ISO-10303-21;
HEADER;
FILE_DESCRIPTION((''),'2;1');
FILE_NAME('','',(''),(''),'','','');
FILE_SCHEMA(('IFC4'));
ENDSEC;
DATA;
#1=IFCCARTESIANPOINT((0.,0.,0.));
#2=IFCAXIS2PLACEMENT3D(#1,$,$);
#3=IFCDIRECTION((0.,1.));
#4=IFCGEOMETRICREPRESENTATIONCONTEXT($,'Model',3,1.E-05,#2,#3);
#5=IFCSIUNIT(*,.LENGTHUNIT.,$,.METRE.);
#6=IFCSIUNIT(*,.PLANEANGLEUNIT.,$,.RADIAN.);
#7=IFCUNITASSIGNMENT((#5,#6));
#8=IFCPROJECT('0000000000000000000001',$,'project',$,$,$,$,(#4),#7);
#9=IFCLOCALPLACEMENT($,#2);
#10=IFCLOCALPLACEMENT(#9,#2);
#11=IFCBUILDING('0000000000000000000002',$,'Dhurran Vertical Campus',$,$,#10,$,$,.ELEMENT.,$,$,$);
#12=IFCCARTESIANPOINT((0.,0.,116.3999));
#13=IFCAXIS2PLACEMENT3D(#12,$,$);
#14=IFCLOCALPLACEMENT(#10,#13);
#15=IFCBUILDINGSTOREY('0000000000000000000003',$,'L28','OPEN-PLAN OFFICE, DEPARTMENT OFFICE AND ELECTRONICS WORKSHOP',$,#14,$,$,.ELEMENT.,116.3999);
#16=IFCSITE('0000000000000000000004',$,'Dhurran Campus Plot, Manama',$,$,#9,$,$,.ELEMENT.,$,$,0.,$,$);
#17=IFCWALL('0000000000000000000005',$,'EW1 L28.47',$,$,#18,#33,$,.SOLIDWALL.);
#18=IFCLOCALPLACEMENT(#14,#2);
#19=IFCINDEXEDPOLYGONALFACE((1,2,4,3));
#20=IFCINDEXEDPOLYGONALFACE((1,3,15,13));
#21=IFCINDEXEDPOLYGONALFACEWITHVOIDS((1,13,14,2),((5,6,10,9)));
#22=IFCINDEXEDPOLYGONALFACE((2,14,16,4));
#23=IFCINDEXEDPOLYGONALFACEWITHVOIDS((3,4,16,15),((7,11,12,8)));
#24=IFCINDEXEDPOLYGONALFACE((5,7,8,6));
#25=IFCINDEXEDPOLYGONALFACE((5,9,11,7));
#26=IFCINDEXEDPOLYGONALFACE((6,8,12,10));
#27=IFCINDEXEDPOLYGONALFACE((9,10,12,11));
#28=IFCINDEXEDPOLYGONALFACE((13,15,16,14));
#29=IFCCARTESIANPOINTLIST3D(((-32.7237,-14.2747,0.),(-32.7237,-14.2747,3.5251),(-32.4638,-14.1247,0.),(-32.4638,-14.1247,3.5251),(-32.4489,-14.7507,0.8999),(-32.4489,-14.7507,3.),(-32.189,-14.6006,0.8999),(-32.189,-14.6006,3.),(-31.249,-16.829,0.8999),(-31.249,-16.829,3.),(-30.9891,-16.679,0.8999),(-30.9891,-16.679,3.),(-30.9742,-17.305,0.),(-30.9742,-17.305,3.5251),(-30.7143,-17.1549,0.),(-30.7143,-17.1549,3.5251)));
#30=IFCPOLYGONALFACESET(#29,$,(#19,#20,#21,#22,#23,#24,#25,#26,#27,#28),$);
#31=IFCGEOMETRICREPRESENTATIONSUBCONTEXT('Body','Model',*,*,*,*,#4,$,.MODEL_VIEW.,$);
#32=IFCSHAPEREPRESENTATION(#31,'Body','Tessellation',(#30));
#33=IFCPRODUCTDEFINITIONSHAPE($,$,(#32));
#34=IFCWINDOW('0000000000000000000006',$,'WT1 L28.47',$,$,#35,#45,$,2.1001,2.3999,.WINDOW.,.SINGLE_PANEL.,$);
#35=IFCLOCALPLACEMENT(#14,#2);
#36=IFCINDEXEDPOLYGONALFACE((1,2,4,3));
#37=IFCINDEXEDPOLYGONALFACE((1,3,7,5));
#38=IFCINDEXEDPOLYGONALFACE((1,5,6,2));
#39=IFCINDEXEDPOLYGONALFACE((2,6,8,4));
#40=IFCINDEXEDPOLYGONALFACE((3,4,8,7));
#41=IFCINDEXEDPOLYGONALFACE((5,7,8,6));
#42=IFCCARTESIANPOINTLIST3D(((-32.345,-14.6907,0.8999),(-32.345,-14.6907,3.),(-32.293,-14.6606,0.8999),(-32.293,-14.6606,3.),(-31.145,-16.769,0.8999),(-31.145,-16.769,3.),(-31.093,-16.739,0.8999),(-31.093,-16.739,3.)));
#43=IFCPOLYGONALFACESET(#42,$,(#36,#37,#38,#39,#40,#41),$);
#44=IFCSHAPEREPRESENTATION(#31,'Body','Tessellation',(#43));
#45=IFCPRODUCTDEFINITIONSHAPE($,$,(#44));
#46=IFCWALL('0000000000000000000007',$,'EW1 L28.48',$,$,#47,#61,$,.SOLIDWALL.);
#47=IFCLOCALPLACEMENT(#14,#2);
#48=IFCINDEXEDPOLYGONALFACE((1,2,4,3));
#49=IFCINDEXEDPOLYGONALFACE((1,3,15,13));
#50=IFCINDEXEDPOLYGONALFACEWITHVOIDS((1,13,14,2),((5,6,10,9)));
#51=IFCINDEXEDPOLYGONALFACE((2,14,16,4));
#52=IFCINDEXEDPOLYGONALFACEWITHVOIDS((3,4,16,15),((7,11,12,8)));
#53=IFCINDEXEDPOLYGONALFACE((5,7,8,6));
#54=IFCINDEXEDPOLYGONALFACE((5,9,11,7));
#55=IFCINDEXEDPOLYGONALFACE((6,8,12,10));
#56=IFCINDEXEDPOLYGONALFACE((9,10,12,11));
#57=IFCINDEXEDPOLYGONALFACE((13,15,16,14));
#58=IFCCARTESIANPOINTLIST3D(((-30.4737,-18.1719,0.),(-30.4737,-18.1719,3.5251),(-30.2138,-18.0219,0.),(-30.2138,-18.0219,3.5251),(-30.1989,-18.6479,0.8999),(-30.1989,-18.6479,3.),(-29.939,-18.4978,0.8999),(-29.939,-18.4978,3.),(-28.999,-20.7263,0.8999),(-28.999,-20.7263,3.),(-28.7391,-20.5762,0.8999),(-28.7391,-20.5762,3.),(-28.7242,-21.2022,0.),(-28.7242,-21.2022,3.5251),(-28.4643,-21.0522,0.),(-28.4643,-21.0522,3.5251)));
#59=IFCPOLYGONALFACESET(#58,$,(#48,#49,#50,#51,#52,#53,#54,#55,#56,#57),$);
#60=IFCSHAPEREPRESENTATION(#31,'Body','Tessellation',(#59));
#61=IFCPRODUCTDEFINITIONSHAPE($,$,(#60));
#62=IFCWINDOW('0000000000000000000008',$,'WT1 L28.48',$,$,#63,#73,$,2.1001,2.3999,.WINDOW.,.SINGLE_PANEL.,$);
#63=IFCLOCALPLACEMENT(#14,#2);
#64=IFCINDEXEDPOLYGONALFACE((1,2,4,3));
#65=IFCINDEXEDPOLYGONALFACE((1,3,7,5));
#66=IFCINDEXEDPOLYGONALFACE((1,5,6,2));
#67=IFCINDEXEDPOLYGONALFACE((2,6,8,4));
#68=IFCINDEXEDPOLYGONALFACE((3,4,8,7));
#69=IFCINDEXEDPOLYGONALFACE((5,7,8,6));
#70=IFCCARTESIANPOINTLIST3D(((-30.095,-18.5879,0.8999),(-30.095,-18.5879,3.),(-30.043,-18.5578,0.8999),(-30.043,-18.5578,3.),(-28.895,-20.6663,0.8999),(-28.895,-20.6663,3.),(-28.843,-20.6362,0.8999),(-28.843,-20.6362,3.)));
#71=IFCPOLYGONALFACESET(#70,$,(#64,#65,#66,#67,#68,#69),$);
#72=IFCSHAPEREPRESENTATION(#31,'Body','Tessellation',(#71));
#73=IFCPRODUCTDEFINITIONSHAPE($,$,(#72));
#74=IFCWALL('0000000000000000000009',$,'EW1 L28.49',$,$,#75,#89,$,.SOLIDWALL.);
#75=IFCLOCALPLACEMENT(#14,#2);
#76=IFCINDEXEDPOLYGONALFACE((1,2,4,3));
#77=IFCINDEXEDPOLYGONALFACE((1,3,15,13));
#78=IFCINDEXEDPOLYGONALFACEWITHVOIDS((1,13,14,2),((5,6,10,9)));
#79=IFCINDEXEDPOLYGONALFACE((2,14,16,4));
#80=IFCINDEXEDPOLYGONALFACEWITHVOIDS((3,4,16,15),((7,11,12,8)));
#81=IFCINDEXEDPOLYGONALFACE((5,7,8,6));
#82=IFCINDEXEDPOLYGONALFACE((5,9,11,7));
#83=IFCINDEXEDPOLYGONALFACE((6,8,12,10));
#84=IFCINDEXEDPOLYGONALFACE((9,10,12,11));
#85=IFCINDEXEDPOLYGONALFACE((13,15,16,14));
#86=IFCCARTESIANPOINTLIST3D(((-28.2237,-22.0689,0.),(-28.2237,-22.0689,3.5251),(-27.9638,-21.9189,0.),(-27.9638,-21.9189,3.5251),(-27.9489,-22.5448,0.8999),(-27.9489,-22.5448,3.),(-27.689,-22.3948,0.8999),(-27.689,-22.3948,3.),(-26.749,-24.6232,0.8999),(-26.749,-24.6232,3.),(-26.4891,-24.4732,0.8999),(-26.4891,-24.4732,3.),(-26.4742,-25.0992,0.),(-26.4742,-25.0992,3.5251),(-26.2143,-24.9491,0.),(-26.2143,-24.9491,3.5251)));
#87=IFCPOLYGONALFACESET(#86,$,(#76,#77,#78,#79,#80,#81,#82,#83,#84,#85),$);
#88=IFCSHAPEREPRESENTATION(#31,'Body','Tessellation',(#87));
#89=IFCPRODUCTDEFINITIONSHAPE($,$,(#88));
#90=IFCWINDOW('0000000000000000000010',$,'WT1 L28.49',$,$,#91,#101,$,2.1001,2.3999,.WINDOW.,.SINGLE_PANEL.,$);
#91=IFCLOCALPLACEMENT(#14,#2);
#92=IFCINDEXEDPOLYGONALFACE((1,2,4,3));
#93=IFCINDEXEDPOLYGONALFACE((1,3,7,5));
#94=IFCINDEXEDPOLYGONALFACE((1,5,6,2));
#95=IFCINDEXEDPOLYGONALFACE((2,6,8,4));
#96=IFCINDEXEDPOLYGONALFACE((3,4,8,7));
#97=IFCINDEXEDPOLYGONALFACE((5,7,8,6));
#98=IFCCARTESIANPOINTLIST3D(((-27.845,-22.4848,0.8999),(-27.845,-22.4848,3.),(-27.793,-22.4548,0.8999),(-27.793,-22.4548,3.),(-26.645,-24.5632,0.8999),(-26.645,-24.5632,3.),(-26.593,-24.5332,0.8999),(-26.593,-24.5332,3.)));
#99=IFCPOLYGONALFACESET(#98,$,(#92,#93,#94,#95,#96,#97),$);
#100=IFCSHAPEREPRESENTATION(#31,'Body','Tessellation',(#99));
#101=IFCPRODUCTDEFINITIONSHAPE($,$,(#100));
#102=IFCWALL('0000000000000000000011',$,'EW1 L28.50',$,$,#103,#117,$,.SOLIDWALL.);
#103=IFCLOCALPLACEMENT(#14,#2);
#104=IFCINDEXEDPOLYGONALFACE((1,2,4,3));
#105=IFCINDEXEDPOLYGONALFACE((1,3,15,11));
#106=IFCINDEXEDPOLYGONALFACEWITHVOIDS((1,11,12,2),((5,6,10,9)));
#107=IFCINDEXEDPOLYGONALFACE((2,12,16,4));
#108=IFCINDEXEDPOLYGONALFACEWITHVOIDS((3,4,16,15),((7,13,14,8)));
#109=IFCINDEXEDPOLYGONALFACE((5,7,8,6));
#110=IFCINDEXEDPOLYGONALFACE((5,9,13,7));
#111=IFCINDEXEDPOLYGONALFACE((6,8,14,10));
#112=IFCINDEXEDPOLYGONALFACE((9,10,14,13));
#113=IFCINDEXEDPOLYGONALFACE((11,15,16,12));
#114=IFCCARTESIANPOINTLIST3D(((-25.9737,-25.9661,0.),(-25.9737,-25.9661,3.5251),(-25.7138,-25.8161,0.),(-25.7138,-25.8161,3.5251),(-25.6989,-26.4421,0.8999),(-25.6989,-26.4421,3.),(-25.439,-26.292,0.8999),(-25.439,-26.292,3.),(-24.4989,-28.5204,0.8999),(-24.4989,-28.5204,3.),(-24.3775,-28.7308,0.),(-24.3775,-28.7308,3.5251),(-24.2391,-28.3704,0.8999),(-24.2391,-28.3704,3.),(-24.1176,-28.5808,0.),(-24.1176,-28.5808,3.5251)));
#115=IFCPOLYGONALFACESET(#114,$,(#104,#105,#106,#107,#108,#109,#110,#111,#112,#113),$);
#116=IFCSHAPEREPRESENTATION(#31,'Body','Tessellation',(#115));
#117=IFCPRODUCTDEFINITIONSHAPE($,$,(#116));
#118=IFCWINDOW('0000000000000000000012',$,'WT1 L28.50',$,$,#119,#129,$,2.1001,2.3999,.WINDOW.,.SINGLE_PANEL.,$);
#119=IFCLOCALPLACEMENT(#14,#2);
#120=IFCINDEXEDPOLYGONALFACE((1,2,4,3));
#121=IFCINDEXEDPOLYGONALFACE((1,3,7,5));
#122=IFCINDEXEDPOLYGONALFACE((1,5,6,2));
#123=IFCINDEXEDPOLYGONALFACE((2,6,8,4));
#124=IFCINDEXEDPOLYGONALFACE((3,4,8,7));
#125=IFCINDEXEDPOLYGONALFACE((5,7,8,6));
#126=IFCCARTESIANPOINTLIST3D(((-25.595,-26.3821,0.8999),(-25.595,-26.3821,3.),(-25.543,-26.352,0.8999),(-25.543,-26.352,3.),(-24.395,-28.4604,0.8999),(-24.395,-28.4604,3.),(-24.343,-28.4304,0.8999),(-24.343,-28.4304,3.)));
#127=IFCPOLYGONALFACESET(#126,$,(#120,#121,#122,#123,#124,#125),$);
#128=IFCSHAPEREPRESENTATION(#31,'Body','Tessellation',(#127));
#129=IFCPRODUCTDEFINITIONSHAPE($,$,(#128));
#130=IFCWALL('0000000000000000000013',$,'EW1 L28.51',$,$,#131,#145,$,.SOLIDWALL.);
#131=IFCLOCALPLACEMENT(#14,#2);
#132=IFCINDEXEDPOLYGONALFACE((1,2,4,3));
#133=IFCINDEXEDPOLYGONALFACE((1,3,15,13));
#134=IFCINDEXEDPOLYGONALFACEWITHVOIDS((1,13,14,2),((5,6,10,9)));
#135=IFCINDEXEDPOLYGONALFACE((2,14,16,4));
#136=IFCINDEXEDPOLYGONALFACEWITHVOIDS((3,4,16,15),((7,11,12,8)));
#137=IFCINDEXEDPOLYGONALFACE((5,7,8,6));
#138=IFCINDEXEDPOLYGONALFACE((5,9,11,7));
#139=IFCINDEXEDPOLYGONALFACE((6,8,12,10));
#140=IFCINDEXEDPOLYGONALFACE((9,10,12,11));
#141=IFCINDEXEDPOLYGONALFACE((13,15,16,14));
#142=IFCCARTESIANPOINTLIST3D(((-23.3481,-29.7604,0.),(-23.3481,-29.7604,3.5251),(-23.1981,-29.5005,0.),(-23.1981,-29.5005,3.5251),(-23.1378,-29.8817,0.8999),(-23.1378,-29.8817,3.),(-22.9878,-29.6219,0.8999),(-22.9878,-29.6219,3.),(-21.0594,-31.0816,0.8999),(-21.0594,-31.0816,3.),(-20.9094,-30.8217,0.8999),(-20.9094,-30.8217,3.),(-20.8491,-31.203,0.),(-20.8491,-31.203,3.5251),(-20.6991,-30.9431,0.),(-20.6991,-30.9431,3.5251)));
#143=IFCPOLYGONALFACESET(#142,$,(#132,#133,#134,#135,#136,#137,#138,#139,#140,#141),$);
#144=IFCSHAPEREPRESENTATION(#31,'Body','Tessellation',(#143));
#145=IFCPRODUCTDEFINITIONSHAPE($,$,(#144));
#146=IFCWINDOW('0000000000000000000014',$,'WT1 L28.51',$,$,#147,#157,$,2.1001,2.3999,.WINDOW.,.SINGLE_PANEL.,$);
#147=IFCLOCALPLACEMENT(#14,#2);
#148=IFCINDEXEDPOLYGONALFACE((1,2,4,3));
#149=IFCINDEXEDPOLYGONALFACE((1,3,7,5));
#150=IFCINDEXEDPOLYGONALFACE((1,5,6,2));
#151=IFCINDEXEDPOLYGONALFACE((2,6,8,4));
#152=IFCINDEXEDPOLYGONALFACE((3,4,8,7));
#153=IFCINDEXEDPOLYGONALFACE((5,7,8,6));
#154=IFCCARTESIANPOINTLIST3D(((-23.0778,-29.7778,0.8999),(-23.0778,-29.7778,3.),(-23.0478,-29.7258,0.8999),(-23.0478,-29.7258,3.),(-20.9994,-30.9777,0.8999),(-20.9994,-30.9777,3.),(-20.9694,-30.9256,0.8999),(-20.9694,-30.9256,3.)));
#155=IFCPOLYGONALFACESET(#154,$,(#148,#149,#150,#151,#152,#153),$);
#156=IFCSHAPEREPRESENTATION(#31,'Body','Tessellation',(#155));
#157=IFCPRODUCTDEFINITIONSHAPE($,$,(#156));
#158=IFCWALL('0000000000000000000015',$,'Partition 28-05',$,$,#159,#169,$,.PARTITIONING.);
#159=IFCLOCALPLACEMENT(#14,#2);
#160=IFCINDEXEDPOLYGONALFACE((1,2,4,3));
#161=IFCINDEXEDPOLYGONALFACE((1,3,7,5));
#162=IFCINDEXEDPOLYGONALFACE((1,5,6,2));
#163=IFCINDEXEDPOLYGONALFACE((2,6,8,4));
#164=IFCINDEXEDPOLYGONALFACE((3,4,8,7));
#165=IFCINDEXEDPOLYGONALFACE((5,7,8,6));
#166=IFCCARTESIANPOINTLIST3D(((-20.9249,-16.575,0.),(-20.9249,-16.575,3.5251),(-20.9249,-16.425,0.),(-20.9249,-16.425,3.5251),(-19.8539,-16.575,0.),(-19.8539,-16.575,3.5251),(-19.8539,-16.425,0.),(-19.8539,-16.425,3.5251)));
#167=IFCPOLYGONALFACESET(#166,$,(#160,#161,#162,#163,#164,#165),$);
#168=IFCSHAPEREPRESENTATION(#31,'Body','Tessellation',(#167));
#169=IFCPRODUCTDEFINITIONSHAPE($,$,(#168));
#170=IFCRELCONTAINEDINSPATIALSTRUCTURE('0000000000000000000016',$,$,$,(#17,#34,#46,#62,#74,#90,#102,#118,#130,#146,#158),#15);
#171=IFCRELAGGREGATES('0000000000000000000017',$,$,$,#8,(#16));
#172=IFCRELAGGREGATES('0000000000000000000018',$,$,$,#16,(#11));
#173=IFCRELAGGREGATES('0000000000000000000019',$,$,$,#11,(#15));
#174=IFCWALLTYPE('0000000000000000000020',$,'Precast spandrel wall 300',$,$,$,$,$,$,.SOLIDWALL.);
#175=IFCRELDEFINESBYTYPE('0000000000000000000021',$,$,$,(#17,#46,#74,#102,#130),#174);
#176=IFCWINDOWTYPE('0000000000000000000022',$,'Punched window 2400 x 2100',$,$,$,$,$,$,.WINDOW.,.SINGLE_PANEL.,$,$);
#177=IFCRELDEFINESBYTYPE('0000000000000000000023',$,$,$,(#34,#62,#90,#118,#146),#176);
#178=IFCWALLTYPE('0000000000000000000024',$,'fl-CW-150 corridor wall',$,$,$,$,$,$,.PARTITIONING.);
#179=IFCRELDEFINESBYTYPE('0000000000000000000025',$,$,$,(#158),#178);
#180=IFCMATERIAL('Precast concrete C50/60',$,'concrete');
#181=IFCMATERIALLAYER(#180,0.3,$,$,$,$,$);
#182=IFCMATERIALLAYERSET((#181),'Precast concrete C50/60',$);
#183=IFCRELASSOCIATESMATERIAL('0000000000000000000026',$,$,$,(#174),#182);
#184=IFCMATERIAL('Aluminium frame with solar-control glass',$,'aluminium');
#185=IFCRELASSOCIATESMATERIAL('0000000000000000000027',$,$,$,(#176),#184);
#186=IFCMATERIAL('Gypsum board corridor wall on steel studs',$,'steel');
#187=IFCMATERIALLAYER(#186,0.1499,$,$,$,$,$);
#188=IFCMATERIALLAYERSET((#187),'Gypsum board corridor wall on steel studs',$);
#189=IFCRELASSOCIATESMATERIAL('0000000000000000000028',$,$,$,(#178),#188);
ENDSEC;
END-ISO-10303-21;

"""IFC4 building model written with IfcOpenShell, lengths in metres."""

from ifc_helpers import new_model, si_unit, direction, frame, frame_2d, origin, place, context, subcontext, project, spatial, rectangle, extrude, material, layer, layer_set, type_object, element, fill, save


model = new_model("IFC4")

# Units and contexts
model_context = context("Model", 3, precision=1e-05, world=origin(), true_north=direction((0.0, 1.0)))
body_context = subcontext(model_context, "Body", "Model", "MODEL_VIEW")
ifc_project = project(units=[si_unit("LENGTHUNIT", "METRE"), si_unit("PLANEANGLEUNIT", "RADIAN")], contexts=[model_context])

# Site, building, storey
site_placement = place(None, origin())
site = spatial("IfcSite", under=ifc_project, at=site_placement, Name="Dhurran Campus Plot, Manama", CompositionType="ELEMENT", RefElevation=0.0)
building_placement = place(site_placement, origin())
building = spatial("IfcBuilding", under=site, at=building_placement, Name="Dhurran Vertical Campus", CompositionType="ELEMENT")
storey_placement = place(building_placement, frame((0.0, 0.0, 116.3999)))
storey = spatial("IfcBuildingStorey", under=building, at=storey_placement, Name="L28", Description="OPEN-PLAN OFFICE, DEPARTMENT OFFICE AND ELECTRONICS WORKSHOP", CompositionType="ELEMENT", Elevation=116.3999)

# Walls, openings, windows
ifc_material_1 = material(Name="Precast concrete C50/60", Category="concrete")
ifc_layer_1 = layer(ifc_material_1, 0.3)
ifc_layer_set_1 = layer_set([ifc_layer_1], Name="Precast concrete C50/60")
wall_type_1 = type_object("IfcWallType", Name="Precast spandrel wall 300", PredefinedType="SOLIDWALL", material=ifc_layer_set_1)
ifc_material_2 = material(Name="Aluminium frame with solar-control glass", Category="aluminium")
window_type = type_object("IfcWindowType", Name="Punched window 2400 x 2100", PartitioningType="SINGLE_PANEL", PredefinedType="WINDOW", material=ifc_material_2)
wall_1_placement = place(storey_placement, frame((-32.5938, -14.1997, 0.0), z_axis=(0.0, 0.0, 1.0), x_axis=(0.499996, -0.866028, 0.0)))
wall_1 = element("IfcWall", 1, at=wall_1_placement, inside=storey, type_object=wall_type_1, Name="EW1 L28.47", PredefinedType="SOLIDWALL", context=body_context, shape_type="SweptSolid", body=[
    extrude(rectangle(XDim=3.499, YDim=0.3, at=frame_2d((1.7495, 0.0))), origin(), (0.0, 0.0, 1.0), 3.5251),
])
opening_1_placement = place(wall_1_placement, frame((0.5496, 0.0, 0.8999)))
opening_1 = element("IfcOpeningElement", 2, at=opening_1_placement, cuts=wall_1, PredefinedType="OPENING", context=body_context, shape_type="SweptSolid", body=[
    extrude(rectangle(XDim=2.3999, YDim=2.1001, at=frame_2d((1.2, 1.05))), frame((0.0, 0.1599, 0.0), z_axis=(0.0, -1.0, 0.0), x_axis=(1.0, 0.0, 0.0)), (0.0, 0.0, 1.0), 0.3201),
])
window_1_placement = place(opening_1_placement, origin())
window_1 = element("IfcWindow", 3, at=window_1_placement, inside=storey, type_object=window_type, Name="WT1 L28.47", OverallHeight=2.1001, OverallWidth=2.3999, PartitioningType="SINGLE_PANEL", PredefinedType="WINDOW", context=body_context, shape_type="SweptSolid", body=[
    extrude(rectangle(XDim=2.3999, YDim=2.1001, at=frame_2d((1.2, 1.05))), frame((0.0, 0.03, 0.0), z_axis=(0.0, -1.0, 0.0), x_axis=(1.0, 0.0, 0.0)), (0.0, 0.0, 1.0), 0.0601),
])
fill(opening_1, window_1)
wall_2_placement = place(storey_placement, frame((-30.3438, -18.0969, 0.0), z_axis=(0.0, 0.0, 1.0), x_axis=(0.499996, -0.866028, 0.0)))
wall_2 = element("IfcWall", 4, at=wall_2_placement, inside=storey, type_object=wall_type_1, Name="EW1 L28.48", PredefinedType="SOLIDWALL", context=body_context, shape_type="SweptSolid", body=[
    extrude(rectangle(XDim=3.499, YDim=0.3, at=frame_2d((1.7495, 0.0))), origin(), (0.0, 0.0, 1.0), 3.5251),
])
opening_2_placement = place(wall_2_placement, frame((0.5496, 0.0, 0.8999)))
opening_2 = element("IfcOpeningElement", 5, at=opening_2_placement, cuts=wall_2, PredefinedType="OPENING", context=body_context, shape_type="SweptSolid", body=[
    extrude(rectangle(XDim=2.3999, YDim=2.1001, at=frame_2d((1.2, 1.05))), frame((0.0, 0.1599, 0.0), z_axis=(0.0, -1.0, 0.0), x_axis=(1.0, 0.0, 0.0)), (0.0, 0.0, 1.0), 0.3201),
])
window_2_placement = place(opening_2_placement, origin())
window_2 = element("IfcWindow", 6, at=window_2_placement, inside=storey, type_object=window_type, Name="WT1 L28.48", OverallHeight=2.1001, OverallWidth=2.3999, PartitioningType="SINGLE_PANEL", PredefinedType="WINDOW", context=body_context, shape_type="SweptSolid", body=[
    extrude(rectangle(XDim=2.3999, YDim=2.1001, at=frame_2d((1.2, 1.05))), frame((0.0, 0.03, 0.0), z_axis=(0.0, -1.0, 0.0), x_axis=(1.0, 0.0, 0.0)), (0.0, 0.0, 1.0), 0.0601),
])
fill(opening_2, window_2)
wall_3_placement = place(storey_placement, frame((-28.0938, -21.9939, 0.0), z_axis=(0.0, 0.0, 1.0), x_axis=(0.499996, -0.866028, 0.0)))
wall_3 = element("IfcWall", 7, at=wall_3_placement, inside=storey, type_object=wall_type_1, Name="EW1 L28.49", PredefinedType="SOLIDWALL", context=body_context, shape_type="SweptSolid", body=[
    extrude(rectangle(XDim=3.499, YDim=0.3, at=frame_2d((1.7495, 0.0))), origin(), (0.0, 0.0, 1.0), 3.5251),
])
opening_3_placement = place(wall_3_placement, frame((0.5496, 0.0, 0.8999)))
opening_3 = element("IfcOpeningElement", 8, at=opening_3_placement, cuts=wall_3, PredefinedType="OPENING", context=body_context, shape_type="SweptSolid", body=[
    extrude(rectangle(XDim=2.3999, YDim=2.1001, at=frame_2d((1.2, 1.05))), frame((0.0, 0.1599, 0.0), z_axis=(0.0, -1.0, 0.0), x_axis=(1.0, 0.0, 0.0)), (0.0, 0.0, 1.0), 0.3201),
])
window_3_placement = place(opening_3_placement, origin())
window_3 = element("IfcWindow", 9, at=window_3_placement, inside=storey, type_object=window_type, Name="WT1 L28.49", OverallHeight=2.1001, OverallWidth=2.3999, PartitioningType="SINGLE_PANEL", PredefinedType="WINDOW", context=body_context, shape_type="SweptSolid", body=[
    extrude(rectangle(XDim=2.3999, YDim=2.1001, at=frame_2d((1.2, 1.05))), frame((0.0, 0.03, 0.0), z_axis=(0.0, -1.0, 0.0), x_axis=(1.0, 0.0, 0.0)), (0.0, 0.0, 1.0), 0.0601),
])
fill(opening_3, window_3)
wall_4_placement = place(storey_placement, frame((-25.8438, -25.8911, 0.0), z_axis=(0.0, 0.0, 1.0), x_axis=(0.500005, -0.866023, 0.0)))
wall_4 = element("IfcWall", 10, at=wall_4_placement, inside=storey, type_object=wall_type_1, Name="EW1 L28.50", PredefinedType="SOLIDWALL", context=body_context, shape_type="SweptSolid", body=[
    extrude(rectangle(XDim=3.1924, YDim=0.3, at=frame_2d((1.5962, 0.0))), origin(), (0.0, 0.0, 1.0), 3.5251),
])
opening_4_placement = place(wall_4_placement, frame((0.5496, 0.0, 0.8999)))
opening_4 = element("IfcOpeningElement", 11, at=opening_4_placement, cuts=wall_4, PredefinedType="OPENING", context=body_context, shape_type="SweptSolid", body=[
    extrude(rectangle(XDim=2.3999, YDim=2.1001, at=frame_2d((1.2, 1.05))), frame((0.0, 0.1599, 0.0), z_axis=(0.0, -1.0, 0.0), x_axis=(1.0, 0.0, 0.0)), (0.0, 0.0, 1.0), 0.3201),
])
window_4_placement = place(opening_4_placement, origin())
window_4 = element("IfcWindow", 12, at=window_4_placement, inside=storey, type_object=window_type, Name="WT1 L28.50", OverallHeight=2.1001, OverallWidth=2.3999, PartitioningType="SINGLE_PANEL", PredefinedType="WINDOW", context=body_context, shape_type="SweptSolid", body=[
    extrude(rectangle(XDim=2.3999, YDim=2.1001, at=frame_2d((1.2, 1.05))), frame((0.0, 0.03, 0.0), z_axis=(0.0, -1.0, 0.0), x_axis=(1.0, 0.0, 0.0)), (0.0, 0.0, 1.0), 0.0601),
])
fill(opening_4, window_4)
wall_5_placement = place(storey_placement, frame((-23.2732, -29.6304, 0.0), z_axis=(0.0, 0.0, 1.0), x_axis=(0.866053, -0.499952, 0.0)))
wall_5 = element("IfcWall", 13, at=wall_5_placement, inside=storey, type_object=wall_type_1, Name="EW1 L28.51", PredefinedType="SOLIDWALL", context=body_context, shape_type="SweptSolid", body=[
    extrude(rectangle(XDim=2.8855, YDim=0.3, at=frame_2d((1.4429, 0.0))), origin(), (0.0, 0.0, 1.0), 3.5251),
])
opening_5_placement = place(wall_5_placement, frame((0.2429, 0.0, 0.8999)))
opening_5 = element("IfcOpeningElement", 14, at=opening_5_placement, cuts=wall_5, PredefinedType="OPENING", context=body_context, shape_type="SweptSolid", body=[
    extrude(rectangle(XDim=2.3999, YDim=2.1001, at=frame_2d((1.2, 1.05))), frame((0.0, 0.1599, 0.0), z_axis=(0.0, -1.0, 0.0), x_axis=(1.0, 0.0, 0.0)), (0.0, 0.0, 1.0), 0.3201),
])
window_5_placement = place(opening_5_placement, origin())
window_5 = element("IfcWindow", 15, at=window_5_placement, inside=storey, type_object=window_type, Name="WT1 L28.51", OverallHeight=2.1001, OverallWidth=2.3999, PartitioningType="SINGLE_PANEL", PredefinedType="WINDOW", context=body_context, shape_type="SweptSolid", body=[
    extrude(rectangle(XDim=2.3999, YDim=2.1001, at=frame_2d((1.2, 1.05))), frame((0.0, 0.03, 0.0), z_axis=(0.0, -1.0, 0.0), x_axis=(1.0, 0.0, 0.0)), (0.0, 0.0, 1.0), 0.0601),
])
fill(opening_5, window_5)

# Wall
ifc_material_3 = material(Name="Gypsum board corridor wall on steel studs", Category="steel")
ifc_layer_2 = layer(ifc_material_3, 0.1499)
ifc_layer_set_2 = layer_set([ifc_layer_2], Name="Gypsum board corridor wall on steel studs")
wall_type_2 = type_object("IfcWallType", Name="fl-CW-150 corridor wall", PredefinedType="PARTITIONING", material=ifc_layer_set_2)
wall_6_placement = place(storey_placement, frame((-20.925, -16.5, 0.0), z_axis=(0.0, 0.0, 1.0), x_axis=(1.0, 0.0, 0.0)))
element("IfcWall", 16, at=wall_6_placement, inside=storey, type_object=wall_type_2, Name="Partition 28-05", PredefinedType="PARTITIONING", context=body_context, shape_type="SweptSolid", body=[
    extrude(rectangle(XDim=1.071, YDim=0.1499, at=frame_2d((0.5356, 0.0))), origin(), (0.0, 0.0, 1.0), 3.5251),
])

save(model, "model.ifc")
